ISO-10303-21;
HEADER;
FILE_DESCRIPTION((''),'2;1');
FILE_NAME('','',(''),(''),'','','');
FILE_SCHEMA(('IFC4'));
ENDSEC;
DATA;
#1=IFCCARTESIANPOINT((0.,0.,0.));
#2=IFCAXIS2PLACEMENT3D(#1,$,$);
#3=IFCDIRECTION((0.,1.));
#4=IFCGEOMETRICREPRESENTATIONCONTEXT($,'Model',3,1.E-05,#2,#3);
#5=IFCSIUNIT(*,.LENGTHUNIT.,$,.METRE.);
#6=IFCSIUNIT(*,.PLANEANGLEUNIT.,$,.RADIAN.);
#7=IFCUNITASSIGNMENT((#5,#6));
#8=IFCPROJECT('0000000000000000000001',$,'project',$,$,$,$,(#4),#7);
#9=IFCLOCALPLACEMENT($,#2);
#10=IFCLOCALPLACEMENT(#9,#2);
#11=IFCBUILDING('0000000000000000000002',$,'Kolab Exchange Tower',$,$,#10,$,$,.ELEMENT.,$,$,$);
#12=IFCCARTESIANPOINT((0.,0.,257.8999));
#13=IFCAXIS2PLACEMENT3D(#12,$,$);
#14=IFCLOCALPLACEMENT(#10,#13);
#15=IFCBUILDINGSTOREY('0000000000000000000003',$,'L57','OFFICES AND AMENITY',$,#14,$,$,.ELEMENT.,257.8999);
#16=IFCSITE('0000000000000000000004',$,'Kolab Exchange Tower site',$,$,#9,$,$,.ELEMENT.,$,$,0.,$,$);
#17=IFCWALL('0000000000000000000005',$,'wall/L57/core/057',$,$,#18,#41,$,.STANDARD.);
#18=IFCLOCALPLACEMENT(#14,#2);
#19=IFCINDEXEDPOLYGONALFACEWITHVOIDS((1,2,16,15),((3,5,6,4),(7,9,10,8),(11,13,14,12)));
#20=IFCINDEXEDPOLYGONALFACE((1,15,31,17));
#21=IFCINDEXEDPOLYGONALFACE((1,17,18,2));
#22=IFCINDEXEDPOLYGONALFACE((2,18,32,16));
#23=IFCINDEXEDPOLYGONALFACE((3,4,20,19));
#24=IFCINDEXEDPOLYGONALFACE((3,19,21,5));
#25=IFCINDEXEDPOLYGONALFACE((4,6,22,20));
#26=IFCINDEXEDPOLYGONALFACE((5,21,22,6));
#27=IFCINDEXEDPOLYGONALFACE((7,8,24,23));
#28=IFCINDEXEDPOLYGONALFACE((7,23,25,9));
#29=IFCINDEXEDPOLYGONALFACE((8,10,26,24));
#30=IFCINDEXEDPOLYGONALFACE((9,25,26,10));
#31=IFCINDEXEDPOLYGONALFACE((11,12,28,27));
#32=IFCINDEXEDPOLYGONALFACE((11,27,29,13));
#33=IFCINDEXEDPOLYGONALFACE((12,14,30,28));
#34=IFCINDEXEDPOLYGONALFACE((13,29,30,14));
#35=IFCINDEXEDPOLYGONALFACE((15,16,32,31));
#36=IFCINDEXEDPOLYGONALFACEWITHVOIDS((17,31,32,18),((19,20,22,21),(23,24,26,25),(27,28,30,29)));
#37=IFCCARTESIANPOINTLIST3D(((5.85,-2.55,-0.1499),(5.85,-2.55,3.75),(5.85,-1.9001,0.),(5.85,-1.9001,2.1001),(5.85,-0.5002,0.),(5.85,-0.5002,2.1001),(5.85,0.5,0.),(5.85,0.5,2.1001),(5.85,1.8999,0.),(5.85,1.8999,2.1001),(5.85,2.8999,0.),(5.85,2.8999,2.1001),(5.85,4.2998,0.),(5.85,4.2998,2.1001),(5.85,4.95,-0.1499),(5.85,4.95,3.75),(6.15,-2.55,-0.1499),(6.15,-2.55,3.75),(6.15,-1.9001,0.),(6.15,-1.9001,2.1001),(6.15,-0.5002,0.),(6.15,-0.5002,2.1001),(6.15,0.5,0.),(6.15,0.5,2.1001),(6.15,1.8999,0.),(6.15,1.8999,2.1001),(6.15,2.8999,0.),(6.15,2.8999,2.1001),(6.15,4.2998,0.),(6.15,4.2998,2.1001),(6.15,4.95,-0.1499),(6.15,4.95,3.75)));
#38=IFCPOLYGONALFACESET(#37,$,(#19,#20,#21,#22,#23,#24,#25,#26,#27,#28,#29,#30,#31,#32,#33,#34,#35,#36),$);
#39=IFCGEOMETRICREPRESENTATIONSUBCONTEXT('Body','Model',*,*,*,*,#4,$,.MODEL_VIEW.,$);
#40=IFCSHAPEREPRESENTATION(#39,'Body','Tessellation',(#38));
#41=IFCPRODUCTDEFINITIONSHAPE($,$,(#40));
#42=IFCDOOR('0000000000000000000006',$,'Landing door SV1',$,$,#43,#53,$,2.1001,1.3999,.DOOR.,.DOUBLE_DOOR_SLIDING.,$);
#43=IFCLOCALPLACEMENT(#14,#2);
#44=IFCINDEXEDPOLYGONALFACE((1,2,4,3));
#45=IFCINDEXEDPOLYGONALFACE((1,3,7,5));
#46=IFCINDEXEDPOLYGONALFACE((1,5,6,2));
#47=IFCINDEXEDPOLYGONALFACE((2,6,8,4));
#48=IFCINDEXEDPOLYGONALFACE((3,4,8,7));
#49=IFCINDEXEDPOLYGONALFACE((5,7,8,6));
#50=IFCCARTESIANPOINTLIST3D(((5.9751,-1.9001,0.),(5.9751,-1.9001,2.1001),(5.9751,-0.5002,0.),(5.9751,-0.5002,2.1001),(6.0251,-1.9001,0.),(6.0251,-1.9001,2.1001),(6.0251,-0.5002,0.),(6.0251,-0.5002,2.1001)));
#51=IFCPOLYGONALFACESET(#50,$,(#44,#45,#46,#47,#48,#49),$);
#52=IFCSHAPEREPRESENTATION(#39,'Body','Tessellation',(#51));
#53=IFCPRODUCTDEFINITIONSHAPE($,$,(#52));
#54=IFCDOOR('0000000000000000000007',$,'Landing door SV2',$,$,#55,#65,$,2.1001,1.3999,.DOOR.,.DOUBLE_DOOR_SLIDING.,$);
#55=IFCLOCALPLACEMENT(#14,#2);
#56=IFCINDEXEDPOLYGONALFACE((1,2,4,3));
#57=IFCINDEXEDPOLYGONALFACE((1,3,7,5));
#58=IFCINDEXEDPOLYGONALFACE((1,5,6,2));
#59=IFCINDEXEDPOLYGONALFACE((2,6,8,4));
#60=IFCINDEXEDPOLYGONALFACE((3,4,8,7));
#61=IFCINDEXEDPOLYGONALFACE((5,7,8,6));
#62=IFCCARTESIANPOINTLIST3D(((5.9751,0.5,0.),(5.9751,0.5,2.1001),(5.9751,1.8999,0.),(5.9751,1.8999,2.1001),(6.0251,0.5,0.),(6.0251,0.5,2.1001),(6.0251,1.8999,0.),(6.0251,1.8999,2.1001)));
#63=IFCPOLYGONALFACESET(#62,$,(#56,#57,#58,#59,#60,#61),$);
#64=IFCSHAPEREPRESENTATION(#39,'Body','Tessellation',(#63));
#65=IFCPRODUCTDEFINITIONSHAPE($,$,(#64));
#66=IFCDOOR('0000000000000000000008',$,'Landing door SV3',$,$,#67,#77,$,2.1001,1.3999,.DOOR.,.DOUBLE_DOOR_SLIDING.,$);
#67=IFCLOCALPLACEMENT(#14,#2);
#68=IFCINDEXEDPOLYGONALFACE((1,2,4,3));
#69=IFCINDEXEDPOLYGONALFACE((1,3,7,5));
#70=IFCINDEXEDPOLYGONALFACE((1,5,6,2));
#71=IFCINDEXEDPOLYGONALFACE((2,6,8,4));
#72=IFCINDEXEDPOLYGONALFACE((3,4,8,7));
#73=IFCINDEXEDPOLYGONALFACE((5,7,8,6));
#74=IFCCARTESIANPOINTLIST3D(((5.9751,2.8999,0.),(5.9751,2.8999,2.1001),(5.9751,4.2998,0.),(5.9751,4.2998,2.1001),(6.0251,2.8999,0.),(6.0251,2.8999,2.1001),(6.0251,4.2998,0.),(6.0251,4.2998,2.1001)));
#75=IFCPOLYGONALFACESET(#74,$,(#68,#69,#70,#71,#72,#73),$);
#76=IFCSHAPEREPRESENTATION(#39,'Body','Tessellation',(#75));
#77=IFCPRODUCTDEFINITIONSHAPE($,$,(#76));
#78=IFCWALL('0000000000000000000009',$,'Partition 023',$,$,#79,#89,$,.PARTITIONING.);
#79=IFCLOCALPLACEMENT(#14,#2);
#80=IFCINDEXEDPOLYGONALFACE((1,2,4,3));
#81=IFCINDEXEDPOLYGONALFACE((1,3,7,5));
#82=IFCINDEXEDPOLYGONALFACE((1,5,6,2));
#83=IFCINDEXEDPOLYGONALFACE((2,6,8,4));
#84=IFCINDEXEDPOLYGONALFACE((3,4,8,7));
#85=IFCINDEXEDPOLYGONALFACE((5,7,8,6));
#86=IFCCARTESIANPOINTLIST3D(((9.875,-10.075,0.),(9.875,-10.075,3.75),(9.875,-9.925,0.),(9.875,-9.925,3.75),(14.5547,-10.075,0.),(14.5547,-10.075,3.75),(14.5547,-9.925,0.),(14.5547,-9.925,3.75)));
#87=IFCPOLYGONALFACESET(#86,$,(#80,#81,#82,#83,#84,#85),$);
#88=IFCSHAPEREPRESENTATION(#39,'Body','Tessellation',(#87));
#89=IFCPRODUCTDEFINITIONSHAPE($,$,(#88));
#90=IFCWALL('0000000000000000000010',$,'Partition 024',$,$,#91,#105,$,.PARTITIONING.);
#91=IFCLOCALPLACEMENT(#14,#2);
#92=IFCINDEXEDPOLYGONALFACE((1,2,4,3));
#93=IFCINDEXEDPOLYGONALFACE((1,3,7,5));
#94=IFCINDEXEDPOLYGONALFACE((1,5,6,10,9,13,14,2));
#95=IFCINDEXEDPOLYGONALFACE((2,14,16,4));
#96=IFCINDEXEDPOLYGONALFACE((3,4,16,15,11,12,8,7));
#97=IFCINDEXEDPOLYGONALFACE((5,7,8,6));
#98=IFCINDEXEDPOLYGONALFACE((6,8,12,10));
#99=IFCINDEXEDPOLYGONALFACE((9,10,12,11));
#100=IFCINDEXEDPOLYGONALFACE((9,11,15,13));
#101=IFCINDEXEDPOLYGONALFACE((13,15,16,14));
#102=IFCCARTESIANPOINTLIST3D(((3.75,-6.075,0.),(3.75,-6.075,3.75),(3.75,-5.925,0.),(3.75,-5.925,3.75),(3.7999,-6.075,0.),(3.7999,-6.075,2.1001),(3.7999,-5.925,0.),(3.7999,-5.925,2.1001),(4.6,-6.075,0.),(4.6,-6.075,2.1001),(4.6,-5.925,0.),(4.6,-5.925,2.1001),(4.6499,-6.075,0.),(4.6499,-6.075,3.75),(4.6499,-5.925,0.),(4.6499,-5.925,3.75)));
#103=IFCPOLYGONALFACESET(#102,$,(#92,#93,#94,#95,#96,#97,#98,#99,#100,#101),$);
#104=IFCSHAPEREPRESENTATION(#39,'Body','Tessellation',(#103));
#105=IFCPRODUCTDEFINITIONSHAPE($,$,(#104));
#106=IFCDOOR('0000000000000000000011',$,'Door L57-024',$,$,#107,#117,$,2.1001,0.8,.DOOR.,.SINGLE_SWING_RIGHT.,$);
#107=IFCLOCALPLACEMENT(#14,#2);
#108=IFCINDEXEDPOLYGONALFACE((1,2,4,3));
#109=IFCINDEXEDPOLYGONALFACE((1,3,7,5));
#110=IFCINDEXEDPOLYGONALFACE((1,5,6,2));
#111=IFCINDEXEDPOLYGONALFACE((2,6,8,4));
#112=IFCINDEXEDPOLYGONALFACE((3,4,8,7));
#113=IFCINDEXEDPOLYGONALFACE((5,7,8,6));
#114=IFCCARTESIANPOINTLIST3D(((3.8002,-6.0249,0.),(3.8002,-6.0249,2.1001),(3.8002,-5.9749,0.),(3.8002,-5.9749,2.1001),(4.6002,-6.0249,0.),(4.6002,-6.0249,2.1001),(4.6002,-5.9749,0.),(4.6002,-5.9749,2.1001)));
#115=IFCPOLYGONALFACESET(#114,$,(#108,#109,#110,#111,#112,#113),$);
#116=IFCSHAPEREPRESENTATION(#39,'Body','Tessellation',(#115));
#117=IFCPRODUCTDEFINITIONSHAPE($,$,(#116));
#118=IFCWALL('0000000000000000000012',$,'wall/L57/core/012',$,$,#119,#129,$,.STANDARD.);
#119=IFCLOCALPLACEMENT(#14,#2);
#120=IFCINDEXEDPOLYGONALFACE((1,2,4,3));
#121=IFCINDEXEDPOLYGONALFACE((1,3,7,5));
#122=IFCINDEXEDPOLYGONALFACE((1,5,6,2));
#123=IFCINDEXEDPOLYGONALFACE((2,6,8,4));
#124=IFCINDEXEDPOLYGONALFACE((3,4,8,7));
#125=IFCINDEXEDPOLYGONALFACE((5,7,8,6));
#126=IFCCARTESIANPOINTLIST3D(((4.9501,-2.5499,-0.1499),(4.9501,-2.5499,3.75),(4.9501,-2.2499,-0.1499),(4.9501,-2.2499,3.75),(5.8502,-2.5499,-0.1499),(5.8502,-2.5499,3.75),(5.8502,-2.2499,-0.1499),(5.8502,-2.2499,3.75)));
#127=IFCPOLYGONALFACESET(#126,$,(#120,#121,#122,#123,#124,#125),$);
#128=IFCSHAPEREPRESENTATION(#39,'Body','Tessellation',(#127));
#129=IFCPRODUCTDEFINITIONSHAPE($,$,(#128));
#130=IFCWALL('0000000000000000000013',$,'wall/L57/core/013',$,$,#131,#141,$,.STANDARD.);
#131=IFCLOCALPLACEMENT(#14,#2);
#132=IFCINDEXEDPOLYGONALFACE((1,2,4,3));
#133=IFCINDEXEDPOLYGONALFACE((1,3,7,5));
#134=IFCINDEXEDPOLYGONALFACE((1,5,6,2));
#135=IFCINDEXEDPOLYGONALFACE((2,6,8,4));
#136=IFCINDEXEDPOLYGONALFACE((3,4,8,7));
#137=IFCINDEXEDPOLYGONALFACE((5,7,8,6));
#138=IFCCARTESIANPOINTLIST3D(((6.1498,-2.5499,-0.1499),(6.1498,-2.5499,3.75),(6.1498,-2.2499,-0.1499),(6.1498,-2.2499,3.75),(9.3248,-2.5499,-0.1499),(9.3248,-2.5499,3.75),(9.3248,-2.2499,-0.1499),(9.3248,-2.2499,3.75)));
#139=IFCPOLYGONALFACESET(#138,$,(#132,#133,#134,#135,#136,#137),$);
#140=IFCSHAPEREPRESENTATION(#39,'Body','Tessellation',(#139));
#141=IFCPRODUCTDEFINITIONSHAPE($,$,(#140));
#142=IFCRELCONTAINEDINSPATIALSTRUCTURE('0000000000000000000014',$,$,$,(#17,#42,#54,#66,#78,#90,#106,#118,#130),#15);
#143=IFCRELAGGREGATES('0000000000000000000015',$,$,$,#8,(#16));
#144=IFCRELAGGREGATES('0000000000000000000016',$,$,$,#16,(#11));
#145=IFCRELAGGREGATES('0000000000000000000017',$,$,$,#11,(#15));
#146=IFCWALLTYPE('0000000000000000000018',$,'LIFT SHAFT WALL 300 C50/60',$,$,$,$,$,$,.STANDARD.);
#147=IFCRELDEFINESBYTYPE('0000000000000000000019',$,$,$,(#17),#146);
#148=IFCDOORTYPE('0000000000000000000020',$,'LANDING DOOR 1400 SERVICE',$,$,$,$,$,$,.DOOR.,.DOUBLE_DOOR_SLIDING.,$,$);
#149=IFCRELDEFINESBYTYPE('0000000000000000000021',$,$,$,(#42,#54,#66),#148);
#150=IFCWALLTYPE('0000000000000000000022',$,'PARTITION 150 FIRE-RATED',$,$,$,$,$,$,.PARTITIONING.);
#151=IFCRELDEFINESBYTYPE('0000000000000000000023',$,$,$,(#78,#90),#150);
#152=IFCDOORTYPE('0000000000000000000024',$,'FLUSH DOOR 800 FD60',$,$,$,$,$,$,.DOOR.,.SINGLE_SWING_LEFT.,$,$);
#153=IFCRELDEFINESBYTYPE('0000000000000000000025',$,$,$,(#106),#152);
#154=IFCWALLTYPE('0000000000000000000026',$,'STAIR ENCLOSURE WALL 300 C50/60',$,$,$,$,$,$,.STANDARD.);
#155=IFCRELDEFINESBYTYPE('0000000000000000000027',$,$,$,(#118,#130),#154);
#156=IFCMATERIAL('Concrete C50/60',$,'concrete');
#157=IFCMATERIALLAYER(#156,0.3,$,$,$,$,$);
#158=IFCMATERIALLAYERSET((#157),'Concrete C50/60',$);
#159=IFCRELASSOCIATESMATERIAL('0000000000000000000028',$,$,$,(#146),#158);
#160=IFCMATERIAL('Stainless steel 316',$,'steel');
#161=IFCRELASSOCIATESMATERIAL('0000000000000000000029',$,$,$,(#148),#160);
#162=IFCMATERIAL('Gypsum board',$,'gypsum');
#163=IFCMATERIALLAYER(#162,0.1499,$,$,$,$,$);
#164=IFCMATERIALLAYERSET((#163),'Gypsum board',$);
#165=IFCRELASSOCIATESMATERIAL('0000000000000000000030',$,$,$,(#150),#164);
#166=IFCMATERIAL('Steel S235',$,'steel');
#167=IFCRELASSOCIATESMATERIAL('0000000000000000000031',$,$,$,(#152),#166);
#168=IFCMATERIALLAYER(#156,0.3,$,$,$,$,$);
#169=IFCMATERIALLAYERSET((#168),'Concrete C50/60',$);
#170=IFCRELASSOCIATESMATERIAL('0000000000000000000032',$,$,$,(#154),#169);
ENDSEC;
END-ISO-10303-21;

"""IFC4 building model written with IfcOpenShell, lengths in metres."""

from ifc_helpers import new_model, si_unit, direction, frame, frame_2d, origin, place, context, subcontext, project, spatial, rectangle, extrude, material, layer, layer_set, type_object, element, fill, save


model = new_model("IFC4")

# Units and contexts
model_context = context("Model", 3, precision=1e-05, world=origin(), true_north=direction((0.0, 1.0)))
body_context = subcontext(model_context, "Body", "Model", "MODEL_VIEW")
ifc_project = project(units=[si_unit("LENGTHUNIT", "METRE"), si_unit("PLANEANGLEUNIT", "RADIAN")], contexts=[model_context])

# Site, building, storey
site_placement = place(None, origin())
site = spatial("IfcSite", under=ifc_project, at=site_placement, Name="Kolab Exchange Tower site", CompositionType="ELEMENT", RefElevation=0.0)
building_placement = place(site_placement, origin())
building = spatial("IfcBuilding", under=site, at=building_placement, Name="Kolab Exchange Tower", CompositionType="ELEMENT")
storey_placement = place(building_placement, frame((0.0, 0.0, 257.8999)))
storey = spatial("IfcBuildingStorey", under=building, at=storey_placement, Name="L57", Description="OFFICES AND AMENITY", CompositionType="ELEMENT", Elevation=257.8999)

# Shared definitions
ifc_material_1 = material(Name="Concrete C50/60", Category="concrete")
ifc_layer_1 = layer(ifc_material_1, 0.3)
ifc_layer_set_1 = layer_set([ifc_layer_1], Name="Concrete C50/60")
wall_type_1 = type_object("IfcWallType", Name="LIFT SHAFT WALL 300 C50/60", PredefinedType="STANDARD", material=ifc_layer_set_1)
ifc_material_2 = material(Name="Stainless steel 316", Category="steel")

# Wall, openings, doors
wall_1_placement = place(storey_placement, frame((6.0, -2.55, -0.1499), z_axis=(0.0, 0.0, 1.0), x_axis=(0.0, 1.0, 0.0)))
wall_1 = element("IfcWall", 1, at=wall_1_placement, inside=storey, type_object=wall_type_1, Name="wall/L57/core/057", PredefinedType="STANDARD", context=body_context, shape_type="SweptSolid", body=[
    extrude(rectangle(XDim=7.5, YDim=0.3, at=frame_2d((3.75, 0.0))), origin(), (0.0, 0.0, 1.0), 3.8999),
])
opening_1_placement = place(wall_1_placement, frame((0.6499, 0.0, 0.1499)))
opening_1 = element("IfcOpeningElement", 2, at=opening_1_placement, cuts=wall_1, PredefinedType="OPENING", context=body_context, shape_type="SweptSolid", body=[
    extrude(rectangle(XDim=1.3999, YDim=2.1001, at=frame_2d((0.7, 1.05))), frame((0.0, 0.1602, 0.0), z_axis=(0.0, -1.0, 0.0), x_axis=(1.0, 0.0, 0.0)), (0.0, 0.0, 1.0), 0.3201),
])
opening_2_placement = place(wall_1_placement, frame((3.05, 0.0, 0.1499)))
opening_2 = element("IfcOpeningElement", 3, at=opening_2_placement, cuts=wall_1, PredefinedType="OPENING", context=body_context, shape_type="SweptSolid", body=[
    extrude(rectangle(XDim=1.3999, YDim=2.1001, at=frame_2d((0.7, 1.05))), frame((0.0, 0.1602, 0.0), z_axis=(0.0, -1.0, 0.0), x_axis=(1.0, 0.0, 0.0)), (0.0, 0.0, 1.0), 0.3201),
])
opening_3_placement = place(wall_1_placement, frame((5.45, 0.0, 0.1499)))
opening_3 = element("IfcOpeningElement", 4, at=opening_3_placement, cuts=wall_1, PredefinedType="OPENING", context=body_context, shape_type="SweptSolid", body=[
    extrude(rectangle(XDim=1.3999, YDim=2.1001, at=frame_2d((0.7, 1.05))), frame((0.0, 0.1602, 0.0), z_axis=(0.0, -1.0, 0.0), x_axis=(1.0, 0.0, 0.0)), (0.0, 0.0, 1.0), 0.3201),
])
door_type_1 = type_object("IfcDoorType", Name="LANDING DOOR 1400 SERVICE", OperationType="DOUBLE_DOOR_SLIDING", PredefinedType="DOOR", material=ifc_material_2)
door_1_placement = place(opening_1_placement, origin())
door_1 = element("IfcDoor", 5, at=door_1_placement, inside=storey, type_object=door_type_1, Name="Landing door SV1", OperationType="DOUBLE_DOOR_SLIDING", OverallHeight=2.1001, OverallWidth=1.3999, PredefinedType="DOOR", context=body_context, shape_type="SweptSolid", body=[
    extrude(rectangle(XDim=1.3999, YDim=2.1001, at=frame_2d((0.7, 1.05))), frame((0.0, 0.0249, 0.0), z_axis=(0.0, -1.0, 0.0), x_axis=(1.0, 0.0, 0.0)), (0.0, 0.0, 1.0), 0.05),
])
fill(opening_1, door_1)
door_2_placement = place(opening_2_placement, origin())
door_2 = element("IfcDoor", 6, at=door_2_placement, inside=storey, type_object=door_type_1, Name="Landing door SV2", OperationType="DOUBLE_DOOR_SLIDING", OverallHeight=2.1001, OverallWidth=1.3999, PredefinedType="DOOR", context=body_context, shape_type="SweptSolid", body=[
    extrude(rectangle(XDim=1.3999, YDim=2.1001, at=frame_2d((0.7, 1.05))), frame((0.0, 0.0249, 0.0), z_axis=(0.0, -1.0, 0.0), x_axis=(1.0, 0.0, 0.0)), (0.0, 0.0, 1.0), 0.05),
])
fill(opening_2, door_2)
door_3_placement = place(opening_3_placement, origin())
door_3 = element("IfcDoor", 7, at=door_3_placement, inside=storey, type_object=door_type_1, Name="Landing door SV3", OperationType="DOUBLE_DOOR_SLIDING", OverallHeight=2.1001, OverallWidth=1.3999, PredefinedType="DOOR", context=body_context, shape_type="SweptSolid", body=[
    extrude(rectangle(XDim=1.3999, YDim=2.1001, at=frame_2d((0.7, 1.05))), frame((0.0, 0.0249, 0.0), z_axis=(0.0, -1.0, 0.0), x_axis=(1.0, 0.0, 0.0)), (0.0, 0.0, 1.0), 0.05),
])
fill(opening_3, door_3)

# Wall
ifc_material_3 = material(Name="Gypsum board", Category="gypsum")
ifc_layer_2 = layer(ifc_material_3, 0.1499)
ifc_layer_set_2 = layer_set([ifc_layer_2], Name="Gypsum board")
wall_type_2 = type_object("IfcWallType", Name="PARTITION 150 FIRE-RATED", PredefinedType="PARTITIONING", material=ifc_layer_set_2)
wall_2_placement = place(storey_placement, frame((9.875, -10.0, 0.0), z_axis=(0.0, 0.0, 1.0), x_axis=(1.0, 0.0, 0.0)))
element("IfcWall", 8, at=wall_2_placement, inside=storey, type_object=wall_type_2, Name="Partition 023", PredefinedType="PARTITIONING", context=body_context, shape_type="SweptSolid", body=[
    extrude(rectangle(XDim=4.6797, YDim=0.1499, at=frame_2d((2.3398, 0.0))), origin(), (0.0, 0.0, 1.0), 3.75),
])

# Wall, opening, door
wall_3_placement = place(storey_placement, frame((3.75, -6.0, 0.0), z_axis=(0.0, 0.0, 1.0), x_axis=(1.0, 0.0, 0.0)))
wall_3 = element("IfcWall", 9, at=wall_3_placement, inside=storey, type_object=wall_type_2, Name="Partition 024", PredefinedType="PARTITIONING", context=body_context, shape_type="SweptSolid", body=[
    extrude(rectangle(XDim=0.8999, YDim=0.1499, at=frame_2d((0.45, 0.0))), origin(), (0.0, 0.0, 1.0), 3.75),
])
opening_4_placement = place(wall_3_placement, frame((0.05, 0.0, 0.0)))
opening_4 = element("IfcOpeningElement", 10, at=opening_4_placement, cuts=wall_3, PredefinedType="OPENING", context=body_context, shape_type="SweptSolid", body=[
    extrude(rectangle(XDim=0.8, YDim=2.1001, at=frame_2d((0.3999, 1.05))), frame((0.0, 0.085, 0.0), z_axis=(0.0, -1.0, 0.0), x_axis=(1.0, 0.0, 0.0)), (0.0, 0.0, 1.0), 0.1699),
])
ifc_material_4 = material(Name="Steel S235", Category="steel")
door_type_2 = type_object("IfcDoorType", Name="FLUSH DOOR 800 FD60", OperationType="SINGLE_SWING_LEFT", PredefinedType="DOOR", material=ifc_material_4)
door_4_placement = place(opening_4_placement, frame((0.8, 0.0, 0.0), z_axis=(0.0, 0.0, 1.0), x_axis=(-1.0, 0.0, 0.0)))
door_4 = element("IfcDoor", 11, at=door_4_placement, inside=storey, type_object=door_type_2, Name="Door L57-024", OperationType="SINGLE_SWING_RIGHT", OverallHeight=2.1001, OverallWidth=0.8, PredefinedType="DOOR", context=body_context, shape_type="SweptSolid", body=[
    extrude(rectangle(XDim=0.8, YDim=2.1001, at=frame_2d((0.3999, 1.05))), frame((0.0, 0.0249, 0.0), z_axis=(0.0, -1.0, 0.0), x_axis=(1.0, 0.0, 0.0)), (0.0, 0.0, 1.0), 0.05),
])
fill(opening_4, door_4)

# Walls
ifc_layer_3 = layer(ifc_material_1, 0.3)
ifc_layer_set_3 = layer_set([ifc_layer_3], Name="Concrete C50/60")
wall_type_3 = type_object("IfcWallType", Name="STAIR ENCLOSURE WALL 300 C50/60", PredefinedType="STANDARD", material=ifc_layer_set_3)
wall_4_placement = place(storey_placement, frame((4.95, -2.3999, -0.1499), z_axis=(0.0, 0.0, 1.0), x_axis=(1.0, 0.0, 0.0)))
element("IfcWall", 12, at=wall_4_placement, inside=storey, type_object=wall_type_3, Name="wall/L57/core/012", PredefinedType="STANDARD", context=body_context, shape_type="SweptSolid", body=[
    extrude(rectangle(XDim=0.9001, YDim=0.3, at=frame_2d((0.4502, 0.0))), origin(), (0.0, 0.0, 1.0), 3.8999),
])
wall_5_placement = place(storey_placement, frame((6.1499, -2.3999, -0.1499), z_axis=(0.0, 0.0, 1.0), x_axis=(1.0, 0.0, 0.0)))
element("IfcWall", 13, at=wall_5_placement, inside=storey, type_object=wall_type_3, Name="wall/L57/core/013", PredefinedType="STANDARD", context=body_context, shape_type="SweptSolid", body=[
    extrude(rectangle(XDim=3.175, YDim=0.3, at=frame_2d((1.5874, 0.0))), origin(), (0.0, 0.0, 1.0), 3.8999),
])

save(model, "model.ifc")
